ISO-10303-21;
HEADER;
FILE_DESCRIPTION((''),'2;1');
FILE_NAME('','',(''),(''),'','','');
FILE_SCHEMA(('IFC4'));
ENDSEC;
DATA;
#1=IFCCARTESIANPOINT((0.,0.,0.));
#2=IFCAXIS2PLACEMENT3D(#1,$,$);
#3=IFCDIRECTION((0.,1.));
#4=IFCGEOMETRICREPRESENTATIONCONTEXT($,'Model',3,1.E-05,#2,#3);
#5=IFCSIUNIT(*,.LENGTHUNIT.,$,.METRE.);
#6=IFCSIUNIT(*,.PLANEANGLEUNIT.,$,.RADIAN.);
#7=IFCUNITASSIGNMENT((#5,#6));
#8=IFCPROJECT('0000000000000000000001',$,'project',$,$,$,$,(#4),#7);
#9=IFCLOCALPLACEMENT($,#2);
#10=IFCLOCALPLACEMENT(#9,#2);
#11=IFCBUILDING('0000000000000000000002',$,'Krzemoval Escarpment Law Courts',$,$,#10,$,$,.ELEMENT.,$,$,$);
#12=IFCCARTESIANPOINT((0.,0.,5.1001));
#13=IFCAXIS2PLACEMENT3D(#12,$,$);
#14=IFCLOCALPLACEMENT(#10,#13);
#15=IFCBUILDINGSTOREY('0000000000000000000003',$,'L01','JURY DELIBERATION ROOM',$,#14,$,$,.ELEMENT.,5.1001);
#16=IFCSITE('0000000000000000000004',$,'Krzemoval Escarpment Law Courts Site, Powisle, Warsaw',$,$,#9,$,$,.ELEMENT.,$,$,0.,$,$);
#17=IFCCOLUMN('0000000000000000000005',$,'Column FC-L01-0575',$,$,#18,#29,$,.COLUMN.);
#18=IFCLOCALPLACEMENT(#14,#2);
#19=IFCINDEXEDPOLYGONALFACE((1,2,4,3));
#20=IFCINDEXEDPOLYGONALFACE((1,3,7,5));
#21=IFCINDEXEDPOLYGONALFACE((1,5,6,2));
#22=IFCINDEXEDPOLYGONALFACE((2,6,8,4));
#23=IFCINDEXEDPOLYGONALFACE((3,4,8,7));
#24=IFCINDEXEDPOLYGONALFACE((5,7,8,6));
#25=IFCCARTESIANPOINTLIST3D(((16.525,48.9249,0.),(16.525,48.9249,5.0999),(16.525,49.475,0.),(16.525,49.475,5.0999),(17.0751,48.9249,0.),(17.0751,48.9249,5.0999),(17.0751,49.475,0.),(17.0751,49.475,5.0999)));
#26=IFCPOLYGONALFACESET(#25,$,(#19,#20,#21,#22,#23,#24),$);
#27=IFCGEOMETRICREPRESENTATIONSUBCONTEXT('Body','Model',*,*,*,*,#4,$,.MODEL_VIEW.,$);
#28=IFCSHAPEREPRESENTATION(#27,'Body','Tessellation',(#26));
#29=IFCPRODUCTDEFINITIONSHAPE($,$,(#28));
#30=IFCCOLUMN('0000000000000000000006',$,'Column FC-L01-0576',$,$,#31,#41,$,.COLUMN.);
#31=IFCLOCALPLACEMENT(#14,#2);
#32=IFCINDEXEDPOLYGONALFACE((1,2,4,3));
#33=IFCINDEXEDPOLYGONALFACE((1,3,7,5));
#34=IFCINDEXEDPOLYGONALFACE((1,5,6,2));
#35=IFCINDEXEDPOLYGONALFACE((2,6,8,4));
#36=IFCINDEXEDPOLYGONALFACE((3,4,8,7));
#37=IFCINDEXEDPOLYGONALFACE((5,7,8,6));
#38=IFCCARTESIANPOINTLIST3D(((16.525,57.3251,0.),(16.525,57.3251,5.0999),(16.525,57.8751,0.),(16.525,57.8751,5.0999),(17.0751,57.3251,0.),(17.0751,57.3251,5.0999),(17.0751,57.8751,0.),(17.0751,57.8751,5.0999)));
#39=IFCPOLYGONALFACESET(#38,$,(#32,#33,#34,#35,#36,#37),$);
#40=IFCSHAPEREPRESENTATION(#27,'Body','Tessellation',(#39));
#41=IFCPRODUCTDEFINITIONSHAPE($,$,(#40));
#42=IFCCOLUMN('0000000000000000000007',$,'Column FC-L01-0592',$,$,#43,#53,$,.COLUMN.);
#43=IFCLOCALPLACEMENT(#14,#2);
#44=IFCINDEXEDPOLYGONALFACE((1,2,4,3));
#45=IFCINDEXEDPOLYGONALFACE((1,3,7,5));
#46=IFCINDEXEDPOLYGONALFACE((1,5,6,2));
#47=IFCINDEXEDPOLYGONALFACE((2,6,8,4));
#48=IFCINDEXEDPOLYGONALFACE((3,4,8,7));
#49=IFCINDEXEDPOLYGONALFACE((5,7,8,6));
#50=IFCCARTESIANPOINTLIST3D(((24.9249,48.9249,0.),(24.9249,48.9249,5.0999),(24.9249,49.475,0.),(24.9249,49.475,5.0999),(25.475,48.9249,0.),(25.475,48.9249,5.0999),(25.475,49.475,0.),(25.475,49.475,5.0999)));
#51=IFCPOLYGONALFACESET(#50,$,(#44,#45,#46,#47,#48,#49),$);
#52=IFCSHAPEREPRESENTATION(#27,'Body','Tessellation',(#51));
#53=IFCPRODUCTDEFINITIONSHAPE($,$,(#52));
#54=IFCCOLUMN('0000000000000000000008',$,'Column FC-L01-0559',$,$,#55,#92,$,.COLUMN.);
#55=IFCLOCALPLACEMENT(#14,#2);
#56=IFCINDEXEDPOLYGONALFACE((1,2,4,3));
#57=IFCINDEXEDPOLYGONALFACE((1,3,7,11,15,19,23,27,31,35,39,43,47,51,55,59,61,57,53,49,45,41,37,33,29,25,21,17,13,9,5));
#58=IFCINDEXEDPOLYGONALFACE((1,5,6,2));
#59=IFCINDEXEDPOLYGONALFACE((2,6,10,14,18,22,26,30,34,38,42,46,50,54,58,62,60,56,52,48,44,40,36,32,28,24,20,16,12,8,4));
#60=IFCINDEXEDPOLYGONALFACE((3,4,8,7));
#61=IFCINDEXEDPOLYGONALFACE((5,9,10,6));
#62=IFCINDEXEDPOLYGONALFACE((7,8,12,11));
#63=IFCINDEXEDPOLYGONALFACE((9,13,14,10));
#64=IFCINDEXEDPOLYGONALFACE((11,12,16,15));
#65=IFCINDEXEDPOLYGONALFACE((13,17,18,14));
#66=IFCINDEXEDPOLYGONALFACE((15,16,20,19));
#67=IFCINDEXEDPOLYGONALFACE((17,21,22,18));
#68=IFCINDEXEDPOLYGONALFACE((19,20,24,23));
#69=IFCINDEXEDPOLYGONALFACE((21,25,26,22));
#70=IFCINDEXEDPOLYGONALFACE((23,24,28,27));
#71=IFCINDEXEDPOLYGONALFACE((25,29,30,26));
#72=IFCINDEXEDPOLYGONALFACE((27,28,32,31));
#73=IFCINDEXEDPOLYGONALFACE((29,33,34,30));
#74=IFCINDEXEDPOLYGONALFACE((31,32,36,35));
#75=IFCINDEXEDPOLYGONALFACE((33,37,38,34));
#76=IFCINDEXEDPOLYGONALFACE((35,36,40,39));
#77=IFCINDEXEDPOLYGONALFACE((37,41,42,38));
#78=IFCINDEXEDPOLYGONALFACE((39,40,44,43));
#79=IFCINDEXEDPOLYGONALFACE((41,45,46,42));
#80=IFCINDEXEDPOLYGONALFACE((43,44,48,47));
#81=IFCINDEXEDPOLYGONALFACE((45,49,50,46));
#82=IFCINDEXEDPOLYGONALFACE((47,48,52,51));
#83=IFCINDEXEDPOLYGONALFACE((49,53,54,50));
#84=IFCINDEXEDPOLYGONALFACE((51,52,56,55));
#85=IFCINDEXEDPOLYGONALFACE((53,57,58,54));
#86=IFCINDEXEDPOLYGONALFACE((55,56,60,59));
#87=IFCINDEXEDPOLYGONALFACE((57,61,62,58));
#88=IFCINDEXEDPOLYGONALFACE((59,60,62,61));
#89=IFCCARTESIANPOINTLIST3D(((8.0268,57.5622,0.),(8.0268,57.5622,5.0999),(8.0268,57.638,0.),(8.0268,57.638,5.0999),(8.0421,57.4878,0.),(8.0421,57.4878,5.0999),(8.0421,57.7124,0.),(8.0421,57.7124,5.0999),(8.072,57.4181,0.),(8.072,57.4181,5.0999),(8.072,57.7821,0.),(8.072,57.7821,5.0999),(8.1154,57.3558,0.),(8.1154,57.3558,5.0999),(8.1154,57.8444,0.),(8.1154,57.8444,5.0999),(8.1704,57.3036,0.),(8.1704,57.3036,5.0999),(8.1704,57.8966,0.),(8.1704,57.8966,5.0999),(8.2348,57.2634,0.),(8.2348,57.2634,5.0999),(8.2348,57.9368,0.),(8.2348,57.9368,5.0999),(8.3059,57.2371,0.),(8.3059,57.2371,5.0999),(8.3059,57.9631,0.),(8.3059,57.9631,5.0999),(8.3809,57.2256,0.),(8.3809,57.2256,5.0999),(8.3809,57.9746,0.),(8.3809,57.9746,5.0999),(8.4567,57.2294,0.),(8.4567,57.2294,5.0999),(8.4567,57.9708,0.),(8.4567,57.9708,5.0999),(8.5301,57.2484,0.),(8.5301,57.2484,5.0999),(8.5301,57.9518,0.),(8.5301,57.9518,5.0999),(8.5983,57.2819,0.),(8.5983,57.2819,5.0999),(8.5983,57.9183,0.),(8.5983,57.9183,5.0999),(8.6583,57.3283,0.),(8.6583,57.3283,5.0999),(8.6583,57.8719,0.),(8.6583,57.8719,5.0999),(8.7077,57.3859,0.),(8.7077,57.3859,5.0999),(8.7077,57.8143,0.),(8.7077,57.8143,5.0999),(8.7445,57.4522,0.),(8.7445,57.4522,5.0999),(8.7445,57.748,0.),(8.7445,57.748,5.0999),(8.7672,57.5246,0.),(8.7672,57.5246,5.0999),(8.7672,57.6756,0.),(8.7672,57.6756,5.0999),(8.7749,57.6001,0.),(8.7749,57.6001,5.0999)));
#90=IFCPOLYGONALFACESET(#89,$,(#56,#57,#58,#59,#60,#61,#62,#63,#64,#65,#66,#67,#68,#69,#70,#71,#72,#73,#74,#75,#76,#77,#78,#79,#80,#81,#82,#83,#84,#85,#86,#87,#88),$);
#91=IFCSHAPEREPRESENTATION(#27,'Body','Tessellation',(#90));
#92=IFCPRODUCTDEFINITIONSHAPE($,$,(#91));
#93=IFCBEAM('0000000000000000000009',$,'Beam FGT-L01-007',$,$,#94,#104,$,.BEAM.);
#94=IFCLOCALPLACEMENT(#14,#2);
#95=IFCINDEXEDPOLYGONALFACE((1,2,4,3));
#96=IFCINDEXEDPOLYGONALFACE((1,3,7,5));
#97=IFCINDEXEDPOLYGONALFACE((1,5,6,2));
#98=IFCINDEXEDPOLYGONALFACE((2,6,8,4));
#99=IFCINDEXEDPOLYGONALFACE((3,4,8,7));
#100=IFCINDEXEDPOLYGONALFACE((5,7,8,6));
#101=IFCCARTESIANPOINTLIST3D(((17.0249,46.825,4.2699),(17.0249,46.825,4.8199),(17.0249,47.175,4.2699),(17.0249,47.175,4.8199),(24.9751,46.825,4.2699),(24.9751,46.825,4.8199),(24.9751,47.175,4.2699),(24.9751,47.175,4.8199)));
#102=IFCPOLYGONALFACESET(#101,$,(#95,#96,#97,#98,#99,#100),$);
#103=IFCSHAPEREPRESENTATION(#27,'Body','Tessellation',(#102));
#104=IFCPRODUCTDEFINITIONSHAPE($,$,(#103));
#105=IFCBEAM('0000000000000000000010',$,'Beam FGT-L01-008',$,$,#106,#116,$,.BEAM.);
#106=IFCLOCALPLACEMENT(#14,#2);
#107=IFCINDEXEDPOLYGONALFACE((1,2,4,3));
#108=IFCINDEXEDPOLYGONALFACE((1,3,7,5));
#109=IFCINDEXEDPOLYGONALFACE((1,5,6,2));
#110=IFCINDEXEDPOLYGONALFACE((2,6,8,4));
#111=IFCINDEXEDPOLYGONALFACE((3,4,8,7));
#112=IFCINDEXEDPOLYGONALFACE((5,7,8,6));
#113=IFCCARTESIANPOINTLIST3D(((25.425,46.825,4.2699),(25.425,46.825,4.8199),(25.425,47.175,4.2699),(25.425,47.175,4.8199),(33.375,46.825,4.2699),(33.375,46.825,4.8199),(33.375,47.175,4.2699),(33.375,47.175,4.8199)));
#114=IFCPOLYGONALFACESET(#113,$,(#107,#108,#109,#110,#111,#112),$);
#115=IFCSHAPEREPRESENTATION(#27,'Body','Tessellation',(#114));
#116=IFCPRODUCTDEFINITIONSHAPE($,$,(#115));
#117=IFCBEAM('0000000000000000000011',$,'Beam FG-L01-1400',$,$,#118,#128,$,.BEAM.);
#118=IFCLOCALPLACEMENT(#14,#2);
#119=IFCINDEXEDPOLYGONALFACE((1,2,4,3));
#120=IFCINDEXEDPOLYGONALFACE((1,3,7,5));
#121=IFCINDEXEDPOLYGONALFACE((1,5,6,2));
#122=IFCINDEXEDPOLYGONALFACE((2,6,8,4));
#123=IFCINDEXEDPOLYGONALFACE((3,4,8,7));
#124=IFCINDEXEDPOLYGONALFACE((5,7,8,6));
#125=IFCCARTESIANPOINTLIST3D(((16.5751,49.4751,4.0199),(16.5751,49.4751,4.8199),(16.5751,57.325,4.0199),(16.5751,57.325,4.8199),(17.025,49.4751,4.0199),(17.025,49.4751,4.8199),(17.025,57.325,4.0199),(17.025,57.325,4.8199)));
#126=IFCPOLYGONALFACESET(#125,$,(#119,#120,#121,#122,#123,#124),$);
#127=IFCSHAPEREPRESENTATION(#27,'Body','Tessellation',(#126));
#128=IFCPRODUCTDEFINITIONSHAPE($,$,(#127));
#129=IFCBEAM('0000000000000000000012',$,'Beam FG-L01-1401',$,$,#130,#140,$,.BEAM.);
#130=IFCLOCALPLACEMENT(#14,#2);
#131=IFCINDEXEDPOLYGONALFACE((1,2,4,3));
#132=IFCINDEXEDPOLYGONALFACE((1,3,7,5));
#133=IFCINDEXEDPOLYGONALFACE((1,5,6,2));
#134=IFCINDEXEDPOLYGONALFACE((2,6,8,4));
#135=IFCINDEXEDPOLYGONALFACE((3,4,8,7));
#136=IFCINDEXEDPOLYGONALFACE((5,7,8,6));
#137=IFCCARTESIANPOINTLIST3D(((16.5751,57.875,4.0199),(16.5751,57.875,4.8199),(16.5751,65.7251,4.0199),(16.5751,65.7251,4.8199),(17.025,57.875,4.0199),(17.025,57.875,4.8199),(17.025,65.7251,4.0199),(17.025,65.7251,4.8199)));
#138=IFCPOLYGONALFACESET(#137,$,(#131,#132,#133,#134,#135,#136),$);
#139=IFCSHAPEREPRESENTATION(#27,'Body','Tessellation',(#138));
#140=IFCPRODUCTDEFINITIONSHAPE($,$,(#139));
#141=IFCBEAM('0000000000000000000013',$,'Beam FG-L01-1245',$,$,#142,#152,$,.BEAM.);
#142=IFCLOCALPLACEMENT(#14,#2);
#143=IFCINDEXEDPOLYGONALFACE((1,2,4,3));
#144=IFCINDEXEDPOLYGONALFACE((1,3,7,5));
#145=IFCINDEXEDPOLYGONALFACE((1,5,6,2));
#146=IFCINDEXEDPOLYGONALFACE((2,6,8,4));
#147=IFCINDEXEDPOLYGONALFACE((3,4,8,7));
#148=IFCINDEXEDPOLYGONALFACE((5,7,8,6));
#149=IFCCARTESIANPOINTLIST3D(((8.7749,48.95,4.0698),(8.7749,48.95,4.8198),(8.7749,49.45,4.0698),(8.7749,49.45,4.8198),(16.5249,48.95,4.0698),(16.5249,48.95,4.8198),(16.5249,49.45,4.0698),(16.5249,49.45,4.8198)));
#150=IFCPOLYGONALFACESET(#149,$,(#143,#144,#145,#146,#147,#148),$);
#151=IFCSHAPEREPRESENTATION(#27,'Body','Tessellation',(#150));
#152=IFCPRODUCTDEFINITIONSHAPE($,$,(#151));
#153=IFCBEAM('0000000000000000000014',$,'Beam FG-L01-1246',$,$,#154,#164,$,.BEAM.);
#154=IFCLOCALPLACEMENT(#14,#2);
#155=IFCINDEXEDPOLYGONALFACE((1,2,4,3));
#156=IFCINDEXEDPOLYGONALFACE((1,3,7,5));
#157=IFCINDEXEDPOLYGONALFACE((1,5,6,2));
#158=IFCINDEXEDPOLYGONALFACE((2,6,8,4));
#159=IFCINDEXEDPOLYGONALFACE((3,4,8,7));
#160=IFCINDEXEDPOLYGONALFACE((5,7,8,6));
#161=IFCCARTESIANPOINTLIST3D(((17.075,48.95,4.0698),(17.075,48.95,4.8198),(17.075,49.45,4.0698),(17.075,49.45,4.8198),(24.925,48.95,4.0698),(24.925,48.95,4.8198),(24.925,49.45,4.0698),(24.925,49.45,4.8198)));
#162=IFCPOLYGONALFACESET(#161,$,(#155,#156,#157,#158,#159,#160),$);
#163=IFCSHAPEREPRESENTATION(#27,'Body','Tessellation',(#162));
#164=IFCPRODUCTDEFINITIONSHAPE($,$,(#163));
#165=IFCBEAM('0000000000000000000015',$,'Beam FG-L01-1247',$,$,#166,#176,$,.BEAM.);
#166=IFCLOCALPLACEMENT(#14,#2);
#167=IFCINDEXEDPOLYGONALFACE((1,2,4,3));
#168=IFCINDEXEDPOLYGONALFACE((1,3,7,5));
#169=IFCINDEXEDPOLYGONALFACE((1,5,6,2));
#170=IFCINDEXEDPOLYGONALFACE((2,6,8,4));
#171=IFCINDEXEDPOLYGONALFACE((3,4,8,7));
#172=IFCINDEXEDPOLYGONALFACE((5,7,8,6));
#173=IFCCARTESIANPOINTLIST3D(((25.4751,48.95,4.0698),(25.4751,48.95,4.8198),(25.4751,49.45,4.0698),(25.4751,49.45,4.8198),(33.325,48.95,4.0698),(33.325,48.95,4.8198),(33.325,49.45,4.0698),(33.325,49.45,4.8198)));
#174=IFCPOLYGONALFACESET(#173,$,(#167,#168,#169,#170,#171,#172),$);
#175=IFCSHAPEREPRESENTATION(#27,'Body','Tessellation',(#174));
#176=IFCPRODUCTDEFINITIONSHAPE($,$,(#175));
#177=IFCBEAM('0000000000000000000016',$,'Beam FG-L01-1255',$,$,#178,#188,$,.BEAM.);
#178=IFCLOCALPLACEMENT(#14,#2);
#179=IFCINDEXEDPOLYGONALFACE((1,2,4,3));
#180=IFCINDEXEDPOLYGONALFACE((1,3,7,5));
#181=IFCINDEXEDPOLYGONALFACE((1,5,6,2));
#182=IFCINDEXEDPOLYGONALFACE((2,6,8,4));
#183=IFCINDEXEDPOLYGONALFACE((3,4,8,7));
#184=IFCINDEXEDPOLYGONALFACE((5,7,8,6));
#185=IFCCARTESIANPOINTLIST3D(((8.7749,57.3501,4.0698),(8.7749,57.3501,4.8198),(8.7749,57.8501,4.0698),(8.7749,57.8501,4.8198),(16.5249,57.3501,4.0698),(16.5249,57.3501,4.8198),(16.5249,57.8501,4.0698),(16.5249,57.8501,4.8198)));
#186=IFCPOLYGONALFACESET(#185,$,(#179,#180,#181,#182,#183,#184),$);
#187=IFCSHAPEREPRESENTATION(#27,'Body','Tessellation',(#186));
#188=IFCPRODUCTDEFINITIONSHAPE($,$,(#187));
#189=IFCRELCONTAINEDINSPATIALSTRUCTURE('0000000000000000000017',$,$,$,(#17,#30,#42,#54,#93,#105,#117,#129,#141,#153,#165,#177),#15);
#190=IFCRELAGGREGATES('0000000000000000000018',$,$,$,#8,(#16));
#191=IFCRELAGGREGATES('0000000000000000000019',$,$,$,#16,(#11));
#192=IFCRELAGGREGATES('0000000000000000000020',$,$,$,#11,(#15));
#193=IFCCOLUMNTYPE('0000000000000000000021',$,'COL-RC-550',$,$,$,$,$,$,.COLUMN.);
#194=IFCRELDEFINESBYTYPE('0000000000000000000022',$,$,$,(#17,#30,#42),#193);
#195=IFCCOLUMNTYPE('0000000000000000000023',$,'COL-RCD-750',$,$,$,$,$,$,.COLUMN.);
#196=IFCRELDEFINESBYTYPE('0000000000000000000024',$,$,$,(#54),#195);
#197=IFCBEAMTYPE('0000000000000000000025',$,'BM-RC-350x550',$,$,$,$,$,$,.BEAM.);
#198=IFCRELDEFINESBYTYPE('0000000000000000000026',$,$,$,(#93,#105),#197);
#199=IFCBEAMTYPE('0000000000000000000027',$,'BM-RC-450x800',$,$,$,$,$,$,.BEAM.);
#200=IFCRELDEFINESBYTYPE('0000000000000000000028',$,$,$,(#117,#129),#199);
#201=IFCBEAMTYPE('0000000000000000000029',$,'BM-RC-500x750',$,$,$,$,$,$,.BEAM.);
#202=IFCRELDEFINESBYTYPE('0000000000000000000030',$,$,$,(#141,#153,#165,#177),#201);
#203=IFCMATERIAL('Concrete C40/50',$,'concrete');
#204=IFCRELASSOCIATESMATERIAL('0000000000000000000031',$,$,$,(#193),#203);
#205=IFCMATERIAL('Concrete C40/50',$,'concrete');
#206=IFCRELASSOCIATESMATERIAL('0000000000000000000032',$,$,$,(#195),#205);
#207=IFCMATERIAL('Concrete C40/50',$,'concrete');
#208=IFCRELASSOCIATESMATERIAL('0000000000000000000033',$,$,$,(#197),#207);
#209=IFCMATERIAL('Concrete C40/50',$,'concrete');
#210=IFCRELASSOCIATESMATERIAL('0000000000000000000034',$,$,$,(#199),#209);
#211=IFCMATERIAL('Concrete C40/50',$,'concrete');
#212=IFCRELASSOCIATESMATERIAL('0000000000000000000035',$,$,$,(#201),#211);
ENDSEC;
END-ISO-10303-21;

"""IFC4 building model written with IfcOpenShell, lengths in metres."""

from ifc_helpers import new_model, si_unit, direction, frame, origin, origin_2d, place, context, subcontext, project, spatial, rectangle, circle, extrude, material, material_profile, profile_set, type_object, element, save


model = new_model("IFC4")

# Units and contexts
model_context = context("Model", 3, precision=1e-05, world=origin(), true_north=direction((0.0, 1.0)))
body_context = subcontext(model_context, "Body", "Model", "MODEL_VIEW")
ifc_project = project(units=[si_unit("LENGTHUNIT", "METRE"), si_unit("PLANEANGLEUNIT", "RADIAN")], contexts=[model_context])

# Site, building, storey
site_placement = place(None, origin())
site = spatial("IfcSite", under=ifc_project, at=site_placement, Name="Krzemoval Escarpment Law Courts Site, Powisle, Warsaw", CompositionType="ELEMENT", RefElevation=0.0)
building_placement = place(site_placement, origin())
building = spatial("IfcBuilding", under=site, at=building_placement, Name="Krzemoval Escarpment Law Courts", CompositionType="ELEMENT")
storey_placement = place(building_placement, frame((0.0, 0.0, 5.1001)))
storey = spatial("IfcBuildingStorey", under=building, at=storey_placement, Name="L01", Description="JURY DELIBERATION ROOM", CompositionType="ELEMENT", Elevation=5.1001)

# Columns
ifc_material_1 = material(Name="Concrete C40/50", Category="concrete")
ifc_material_profile_1 = material_profile(ifc_material_1, rectangle(XDim=0.55, YDim=0.55, at=origin_2d()), Name="RC 550x550")
ifc_profile_set_1 = profile_set([ifc_material_profile_1], Name="Concrete C40/50")
column_type_1 = type_object("IfcColumnType", Name="COL-RC-550", PredefinedType="COLUMN", material=ifc_profile_set_1)
for number, where, z_axis, x_axis, name in (
    (1, (16.8, 49.2, 0.0), (0.0, 0.0, 1.0), (1.0, 0.0, 0.0), "Column FC-L01-0575"),
    (2, (16.8, 57.6001, 0.0), (0.0, 0.0, 1.0), (1.0, 0.0, 0.0), "Column FC-L01-0576"),
    (3, (25.2, 49.2, 0.0), (0.0, 0.0, 1.0), (1.0, 0.0, 0.0), "Column FC-L01-0592"),
):
    element("IfcColumn", number, at=place(storey_placement, frame(where, z_axis=z_axis, x_axis=x_axis)), inside=storey, type_object=column_type_1, Name=name, PredefinedType="COLUMN", context=body_context, shape_type="SweptSolid", body=[
        extrude(rectangle(XDim=0.55, YDim=0.55, at=origin_2d()), origin(), (0.0, 0.0, 1.0), 5.0999),
    ])
ifc_material_2 = material(Name="Concrete C40/50", Category="concrete")
ifc_material_profile_2 = material_profile(ifc_material_2, circle(Radius=0.375, at=origin_2d()), Name="RC D750")
ifc_profile_set_2 = profile_set([ifc_material_profile_2], Name="Concrete C40/50")
column_type_2 = type_object("IfcColumnType", Name="COL-RCD-750", PredefinedType="COLUMN", material=ifc_profile_set_2)
column_placement = place(storey_placement, frame((8.3999, 57.6001, 0.0), z_axis=(0.0, 0.0, 1.0), x_axis=(1.0, 0.0, 0.0)))
element("IfcColumn", 4, at=column_placement, inside=storey, type_object=column_type_2, Name="Column FC-L01-0559", PredefinedType="COLUMN", context=body_context, shape_type="SweptSolid", body=[
    extrude(circle(Radius=0.375, at=origin_2d()), origin(), (0.0, 0.0, 1.0), 5.0999),
])

# Beams
ifc_material_3 = material(Name="Concrete C40/50", Category="concrete")
ifc_material_profile_3 = material_profile(ifc_material_3, rectangle(XDim=0.3501, YDim=0.55, at=origin_2d()), Name="RCB 350x550")
ifc_profile_set_3 = profile_set([ifc_material_profile_3], Name="Concrete C40/50")
beam_type_1 = type_object("IfcBeamType", Name="BM-RC-350x550", PredefinedType="BEAM", material=ifc_profile_set_3)
beam_1_placement = place(storey_placement, frame((17.0249, 47.0, 4.5449), z_axis=(1.0, 0.0, 0.0), x_axis=(0.0, 1.0, 0.0)))
element("IfcBeam", 5, at=beam_1_placement, inside=storey, type_object=beam_type_1, Name="Beam FGT-L01-007", PredefinedType="BEAM", context=body_context, shape_type="SweptSolid", body=[
    extrude(rectangle(XDim=0.3501, YDim=0.55, at=origin_2d()), origin(), (0.0, 0.0, 1.0), 7.9502),
])
beam_2_placement = place(storey_placement, frame((25.425, 47.0, 4.5449), z_axis=(1.0, 0.0, 0.0), x_axis=(0.0, 1.0, 0.0)))
element("IfcBeam", 6, at=beam_2_placement, inside=storey, type_object=beam_type_1, Name="Beam FGT-L01-008", PredefinedType="BEAM", context=body_context, shape_type="SweptSolid", body=[
    extrude(rectangle(XDim=0.3501, YDim=0.55, at=origin_2d()), origin(), (0.0, 0.0, 1.0), 7.95),
])
ifc_material_4 = material(Name="Concrete C40/50", Category="concrete")
ifc_material_profile_4 = material_profile(ifc_material_4, rectangle(XDim=0.45, YDim=0.8, at=origin_2d()), Name="RCB 450x800")
ifc_profile_set_4 = profile_set([ifc_material_profile_4], Name="Concrete C40/50")
beam_type_2 = type_object("IfcBeamType", Name="BM-RC-450x800", PredefinedType="BEAM", material=ifc_profile_set_4)
beam_3_placement = place(storey_placement, frame((16.8, 49.4751, 4.4199), z_axis=(0.0, 1.0, 0.0), x_axis=(-1.0, 0.0, 0.0)))
element("IfcBeam", 7, at=beam_3_placement, inside=storey, type_object=beam_type_2, Name="Beam FG-L01-1400", PredefinedType="BEAM", context=body_context, shape_type="SweptSolid", body=[
    extrude(rectangle(XDim=0.45, YDim=0.8, at=origin_2d()), origin(), (0.0, 0.0, 1.0), 7.8499),
])
beam_4_placement = place(storey_placement, frame((16.8, 57.875, 4.4199), z_axis=(0.0, 1.0, 0.0), x_axis=(-1.0, 0.0, 0.0)))
element("IfcBeam", 8, at=beam_4_placement, inside=storey, type_object=beam_type_2, Name="Beam FG-L01-1401", PredefinedType="BEAM", context=body_context, shape_type="SweptSolid", body=[
    extrude(rectangle(XDim=0.45, YDim=0.8, at=origin_2d()), origin(), (0.0, 0.0, 1.0), 7.8501),
])
ifc_material_5 = material(Name="Concrete C40/50", Category="concrete")
ifc_material_profile_5 = material_profile(ifc_material_5, rectangle(XDim=0.5, YDim=0.75, at=origin_2d()), Name="RCB 500x750")
ifc_profile_set_5 = profile_set([ifc_material_profile_5], Name="Concrete C40/50")
beam_type_3 = type_object("IfcBeamType", Name="BM-RC-500x750", PredefinedType="BEAM", material=ifc_profile_set_5)
beam_5_placement = place(storey_placement, frame((8.7749, 49.2, 4.4448), z_axis=(1.0, 0.0, 0.0), x_axis=(0.0, 1.0, 0.0)))
element("IfcBeam", 9, at=beam_5_placement, inside=storey, type_object=beam_type_3, Name="Beam FG-L01-1245", PredefinedType="BEAM", context=body_context, shape_type="SweptSolid", body=[
    extrude(rectangle(XDim=0.5, YDim=0.75, at=origin_2d()), origin(), (0.0, 0.0, 1.0), 7.75),
])
beam_6_placement = place(storey_placement, frame((17.075, 49.2, 4.4448), z_axis=(1.0, 0.0, 0.0), x_axis=(0.0, 1.0, 0.0)))
element("IfcBeam", 10, at=beam_6_placement, inside=storey, type_object=beam_type_3, Name="Beam FG-L01-1246", PredefinedType="BEAM", context=body_context, shape_type="SweptSolid", body=[
    extrude(rectangle(XDim=0.5, YDim=0.75, at=origin_2d()), origin(), (0.0, 0.0, 1.0), 7.8501),
])
beam_7_placement = place(storey_placement, frame((25.4751, 49.2, 4.4448), z_axis=(1.0, 0.0, 0.0), x_axis=(0.0, 1.0, 0.0)))
element("IfcBeam", 11, at=beam_7_placement, inside=storey, type_object=beam_type_3, Name="Beam FG-L01-1247", PredefinedType="BEAM", context=body_context, shape_type="SweptSolid", body=[
    extrude(rectangle(XDim=0.5, YDim=0.75, at=origin_2d()), origin(), (0.0, 0.0, 1.0), 7.8499),
])
beam_8_placement = place(storey_placement, frame((8.7749, 57.6001, 4.4448), z_axis=(1.0, 0.0, 0.0), x_axis=(0.0, 1.0, 0.0)))
element("IfcBeam", 12, at=beam_8_placement, inside=storey, type_object=beam_type_3, Name="Beam FG-L01-1255", PredefinedType="BEAM", context=body_context, shape_type="SweptSolid", body=[
    extrude(rectangle(XDim=0.5, YDim=0.75, at=origin_2d()), origin(), (0.0, 0.0, 1.0), 7.75),
])

save(model, "model.ifc")
